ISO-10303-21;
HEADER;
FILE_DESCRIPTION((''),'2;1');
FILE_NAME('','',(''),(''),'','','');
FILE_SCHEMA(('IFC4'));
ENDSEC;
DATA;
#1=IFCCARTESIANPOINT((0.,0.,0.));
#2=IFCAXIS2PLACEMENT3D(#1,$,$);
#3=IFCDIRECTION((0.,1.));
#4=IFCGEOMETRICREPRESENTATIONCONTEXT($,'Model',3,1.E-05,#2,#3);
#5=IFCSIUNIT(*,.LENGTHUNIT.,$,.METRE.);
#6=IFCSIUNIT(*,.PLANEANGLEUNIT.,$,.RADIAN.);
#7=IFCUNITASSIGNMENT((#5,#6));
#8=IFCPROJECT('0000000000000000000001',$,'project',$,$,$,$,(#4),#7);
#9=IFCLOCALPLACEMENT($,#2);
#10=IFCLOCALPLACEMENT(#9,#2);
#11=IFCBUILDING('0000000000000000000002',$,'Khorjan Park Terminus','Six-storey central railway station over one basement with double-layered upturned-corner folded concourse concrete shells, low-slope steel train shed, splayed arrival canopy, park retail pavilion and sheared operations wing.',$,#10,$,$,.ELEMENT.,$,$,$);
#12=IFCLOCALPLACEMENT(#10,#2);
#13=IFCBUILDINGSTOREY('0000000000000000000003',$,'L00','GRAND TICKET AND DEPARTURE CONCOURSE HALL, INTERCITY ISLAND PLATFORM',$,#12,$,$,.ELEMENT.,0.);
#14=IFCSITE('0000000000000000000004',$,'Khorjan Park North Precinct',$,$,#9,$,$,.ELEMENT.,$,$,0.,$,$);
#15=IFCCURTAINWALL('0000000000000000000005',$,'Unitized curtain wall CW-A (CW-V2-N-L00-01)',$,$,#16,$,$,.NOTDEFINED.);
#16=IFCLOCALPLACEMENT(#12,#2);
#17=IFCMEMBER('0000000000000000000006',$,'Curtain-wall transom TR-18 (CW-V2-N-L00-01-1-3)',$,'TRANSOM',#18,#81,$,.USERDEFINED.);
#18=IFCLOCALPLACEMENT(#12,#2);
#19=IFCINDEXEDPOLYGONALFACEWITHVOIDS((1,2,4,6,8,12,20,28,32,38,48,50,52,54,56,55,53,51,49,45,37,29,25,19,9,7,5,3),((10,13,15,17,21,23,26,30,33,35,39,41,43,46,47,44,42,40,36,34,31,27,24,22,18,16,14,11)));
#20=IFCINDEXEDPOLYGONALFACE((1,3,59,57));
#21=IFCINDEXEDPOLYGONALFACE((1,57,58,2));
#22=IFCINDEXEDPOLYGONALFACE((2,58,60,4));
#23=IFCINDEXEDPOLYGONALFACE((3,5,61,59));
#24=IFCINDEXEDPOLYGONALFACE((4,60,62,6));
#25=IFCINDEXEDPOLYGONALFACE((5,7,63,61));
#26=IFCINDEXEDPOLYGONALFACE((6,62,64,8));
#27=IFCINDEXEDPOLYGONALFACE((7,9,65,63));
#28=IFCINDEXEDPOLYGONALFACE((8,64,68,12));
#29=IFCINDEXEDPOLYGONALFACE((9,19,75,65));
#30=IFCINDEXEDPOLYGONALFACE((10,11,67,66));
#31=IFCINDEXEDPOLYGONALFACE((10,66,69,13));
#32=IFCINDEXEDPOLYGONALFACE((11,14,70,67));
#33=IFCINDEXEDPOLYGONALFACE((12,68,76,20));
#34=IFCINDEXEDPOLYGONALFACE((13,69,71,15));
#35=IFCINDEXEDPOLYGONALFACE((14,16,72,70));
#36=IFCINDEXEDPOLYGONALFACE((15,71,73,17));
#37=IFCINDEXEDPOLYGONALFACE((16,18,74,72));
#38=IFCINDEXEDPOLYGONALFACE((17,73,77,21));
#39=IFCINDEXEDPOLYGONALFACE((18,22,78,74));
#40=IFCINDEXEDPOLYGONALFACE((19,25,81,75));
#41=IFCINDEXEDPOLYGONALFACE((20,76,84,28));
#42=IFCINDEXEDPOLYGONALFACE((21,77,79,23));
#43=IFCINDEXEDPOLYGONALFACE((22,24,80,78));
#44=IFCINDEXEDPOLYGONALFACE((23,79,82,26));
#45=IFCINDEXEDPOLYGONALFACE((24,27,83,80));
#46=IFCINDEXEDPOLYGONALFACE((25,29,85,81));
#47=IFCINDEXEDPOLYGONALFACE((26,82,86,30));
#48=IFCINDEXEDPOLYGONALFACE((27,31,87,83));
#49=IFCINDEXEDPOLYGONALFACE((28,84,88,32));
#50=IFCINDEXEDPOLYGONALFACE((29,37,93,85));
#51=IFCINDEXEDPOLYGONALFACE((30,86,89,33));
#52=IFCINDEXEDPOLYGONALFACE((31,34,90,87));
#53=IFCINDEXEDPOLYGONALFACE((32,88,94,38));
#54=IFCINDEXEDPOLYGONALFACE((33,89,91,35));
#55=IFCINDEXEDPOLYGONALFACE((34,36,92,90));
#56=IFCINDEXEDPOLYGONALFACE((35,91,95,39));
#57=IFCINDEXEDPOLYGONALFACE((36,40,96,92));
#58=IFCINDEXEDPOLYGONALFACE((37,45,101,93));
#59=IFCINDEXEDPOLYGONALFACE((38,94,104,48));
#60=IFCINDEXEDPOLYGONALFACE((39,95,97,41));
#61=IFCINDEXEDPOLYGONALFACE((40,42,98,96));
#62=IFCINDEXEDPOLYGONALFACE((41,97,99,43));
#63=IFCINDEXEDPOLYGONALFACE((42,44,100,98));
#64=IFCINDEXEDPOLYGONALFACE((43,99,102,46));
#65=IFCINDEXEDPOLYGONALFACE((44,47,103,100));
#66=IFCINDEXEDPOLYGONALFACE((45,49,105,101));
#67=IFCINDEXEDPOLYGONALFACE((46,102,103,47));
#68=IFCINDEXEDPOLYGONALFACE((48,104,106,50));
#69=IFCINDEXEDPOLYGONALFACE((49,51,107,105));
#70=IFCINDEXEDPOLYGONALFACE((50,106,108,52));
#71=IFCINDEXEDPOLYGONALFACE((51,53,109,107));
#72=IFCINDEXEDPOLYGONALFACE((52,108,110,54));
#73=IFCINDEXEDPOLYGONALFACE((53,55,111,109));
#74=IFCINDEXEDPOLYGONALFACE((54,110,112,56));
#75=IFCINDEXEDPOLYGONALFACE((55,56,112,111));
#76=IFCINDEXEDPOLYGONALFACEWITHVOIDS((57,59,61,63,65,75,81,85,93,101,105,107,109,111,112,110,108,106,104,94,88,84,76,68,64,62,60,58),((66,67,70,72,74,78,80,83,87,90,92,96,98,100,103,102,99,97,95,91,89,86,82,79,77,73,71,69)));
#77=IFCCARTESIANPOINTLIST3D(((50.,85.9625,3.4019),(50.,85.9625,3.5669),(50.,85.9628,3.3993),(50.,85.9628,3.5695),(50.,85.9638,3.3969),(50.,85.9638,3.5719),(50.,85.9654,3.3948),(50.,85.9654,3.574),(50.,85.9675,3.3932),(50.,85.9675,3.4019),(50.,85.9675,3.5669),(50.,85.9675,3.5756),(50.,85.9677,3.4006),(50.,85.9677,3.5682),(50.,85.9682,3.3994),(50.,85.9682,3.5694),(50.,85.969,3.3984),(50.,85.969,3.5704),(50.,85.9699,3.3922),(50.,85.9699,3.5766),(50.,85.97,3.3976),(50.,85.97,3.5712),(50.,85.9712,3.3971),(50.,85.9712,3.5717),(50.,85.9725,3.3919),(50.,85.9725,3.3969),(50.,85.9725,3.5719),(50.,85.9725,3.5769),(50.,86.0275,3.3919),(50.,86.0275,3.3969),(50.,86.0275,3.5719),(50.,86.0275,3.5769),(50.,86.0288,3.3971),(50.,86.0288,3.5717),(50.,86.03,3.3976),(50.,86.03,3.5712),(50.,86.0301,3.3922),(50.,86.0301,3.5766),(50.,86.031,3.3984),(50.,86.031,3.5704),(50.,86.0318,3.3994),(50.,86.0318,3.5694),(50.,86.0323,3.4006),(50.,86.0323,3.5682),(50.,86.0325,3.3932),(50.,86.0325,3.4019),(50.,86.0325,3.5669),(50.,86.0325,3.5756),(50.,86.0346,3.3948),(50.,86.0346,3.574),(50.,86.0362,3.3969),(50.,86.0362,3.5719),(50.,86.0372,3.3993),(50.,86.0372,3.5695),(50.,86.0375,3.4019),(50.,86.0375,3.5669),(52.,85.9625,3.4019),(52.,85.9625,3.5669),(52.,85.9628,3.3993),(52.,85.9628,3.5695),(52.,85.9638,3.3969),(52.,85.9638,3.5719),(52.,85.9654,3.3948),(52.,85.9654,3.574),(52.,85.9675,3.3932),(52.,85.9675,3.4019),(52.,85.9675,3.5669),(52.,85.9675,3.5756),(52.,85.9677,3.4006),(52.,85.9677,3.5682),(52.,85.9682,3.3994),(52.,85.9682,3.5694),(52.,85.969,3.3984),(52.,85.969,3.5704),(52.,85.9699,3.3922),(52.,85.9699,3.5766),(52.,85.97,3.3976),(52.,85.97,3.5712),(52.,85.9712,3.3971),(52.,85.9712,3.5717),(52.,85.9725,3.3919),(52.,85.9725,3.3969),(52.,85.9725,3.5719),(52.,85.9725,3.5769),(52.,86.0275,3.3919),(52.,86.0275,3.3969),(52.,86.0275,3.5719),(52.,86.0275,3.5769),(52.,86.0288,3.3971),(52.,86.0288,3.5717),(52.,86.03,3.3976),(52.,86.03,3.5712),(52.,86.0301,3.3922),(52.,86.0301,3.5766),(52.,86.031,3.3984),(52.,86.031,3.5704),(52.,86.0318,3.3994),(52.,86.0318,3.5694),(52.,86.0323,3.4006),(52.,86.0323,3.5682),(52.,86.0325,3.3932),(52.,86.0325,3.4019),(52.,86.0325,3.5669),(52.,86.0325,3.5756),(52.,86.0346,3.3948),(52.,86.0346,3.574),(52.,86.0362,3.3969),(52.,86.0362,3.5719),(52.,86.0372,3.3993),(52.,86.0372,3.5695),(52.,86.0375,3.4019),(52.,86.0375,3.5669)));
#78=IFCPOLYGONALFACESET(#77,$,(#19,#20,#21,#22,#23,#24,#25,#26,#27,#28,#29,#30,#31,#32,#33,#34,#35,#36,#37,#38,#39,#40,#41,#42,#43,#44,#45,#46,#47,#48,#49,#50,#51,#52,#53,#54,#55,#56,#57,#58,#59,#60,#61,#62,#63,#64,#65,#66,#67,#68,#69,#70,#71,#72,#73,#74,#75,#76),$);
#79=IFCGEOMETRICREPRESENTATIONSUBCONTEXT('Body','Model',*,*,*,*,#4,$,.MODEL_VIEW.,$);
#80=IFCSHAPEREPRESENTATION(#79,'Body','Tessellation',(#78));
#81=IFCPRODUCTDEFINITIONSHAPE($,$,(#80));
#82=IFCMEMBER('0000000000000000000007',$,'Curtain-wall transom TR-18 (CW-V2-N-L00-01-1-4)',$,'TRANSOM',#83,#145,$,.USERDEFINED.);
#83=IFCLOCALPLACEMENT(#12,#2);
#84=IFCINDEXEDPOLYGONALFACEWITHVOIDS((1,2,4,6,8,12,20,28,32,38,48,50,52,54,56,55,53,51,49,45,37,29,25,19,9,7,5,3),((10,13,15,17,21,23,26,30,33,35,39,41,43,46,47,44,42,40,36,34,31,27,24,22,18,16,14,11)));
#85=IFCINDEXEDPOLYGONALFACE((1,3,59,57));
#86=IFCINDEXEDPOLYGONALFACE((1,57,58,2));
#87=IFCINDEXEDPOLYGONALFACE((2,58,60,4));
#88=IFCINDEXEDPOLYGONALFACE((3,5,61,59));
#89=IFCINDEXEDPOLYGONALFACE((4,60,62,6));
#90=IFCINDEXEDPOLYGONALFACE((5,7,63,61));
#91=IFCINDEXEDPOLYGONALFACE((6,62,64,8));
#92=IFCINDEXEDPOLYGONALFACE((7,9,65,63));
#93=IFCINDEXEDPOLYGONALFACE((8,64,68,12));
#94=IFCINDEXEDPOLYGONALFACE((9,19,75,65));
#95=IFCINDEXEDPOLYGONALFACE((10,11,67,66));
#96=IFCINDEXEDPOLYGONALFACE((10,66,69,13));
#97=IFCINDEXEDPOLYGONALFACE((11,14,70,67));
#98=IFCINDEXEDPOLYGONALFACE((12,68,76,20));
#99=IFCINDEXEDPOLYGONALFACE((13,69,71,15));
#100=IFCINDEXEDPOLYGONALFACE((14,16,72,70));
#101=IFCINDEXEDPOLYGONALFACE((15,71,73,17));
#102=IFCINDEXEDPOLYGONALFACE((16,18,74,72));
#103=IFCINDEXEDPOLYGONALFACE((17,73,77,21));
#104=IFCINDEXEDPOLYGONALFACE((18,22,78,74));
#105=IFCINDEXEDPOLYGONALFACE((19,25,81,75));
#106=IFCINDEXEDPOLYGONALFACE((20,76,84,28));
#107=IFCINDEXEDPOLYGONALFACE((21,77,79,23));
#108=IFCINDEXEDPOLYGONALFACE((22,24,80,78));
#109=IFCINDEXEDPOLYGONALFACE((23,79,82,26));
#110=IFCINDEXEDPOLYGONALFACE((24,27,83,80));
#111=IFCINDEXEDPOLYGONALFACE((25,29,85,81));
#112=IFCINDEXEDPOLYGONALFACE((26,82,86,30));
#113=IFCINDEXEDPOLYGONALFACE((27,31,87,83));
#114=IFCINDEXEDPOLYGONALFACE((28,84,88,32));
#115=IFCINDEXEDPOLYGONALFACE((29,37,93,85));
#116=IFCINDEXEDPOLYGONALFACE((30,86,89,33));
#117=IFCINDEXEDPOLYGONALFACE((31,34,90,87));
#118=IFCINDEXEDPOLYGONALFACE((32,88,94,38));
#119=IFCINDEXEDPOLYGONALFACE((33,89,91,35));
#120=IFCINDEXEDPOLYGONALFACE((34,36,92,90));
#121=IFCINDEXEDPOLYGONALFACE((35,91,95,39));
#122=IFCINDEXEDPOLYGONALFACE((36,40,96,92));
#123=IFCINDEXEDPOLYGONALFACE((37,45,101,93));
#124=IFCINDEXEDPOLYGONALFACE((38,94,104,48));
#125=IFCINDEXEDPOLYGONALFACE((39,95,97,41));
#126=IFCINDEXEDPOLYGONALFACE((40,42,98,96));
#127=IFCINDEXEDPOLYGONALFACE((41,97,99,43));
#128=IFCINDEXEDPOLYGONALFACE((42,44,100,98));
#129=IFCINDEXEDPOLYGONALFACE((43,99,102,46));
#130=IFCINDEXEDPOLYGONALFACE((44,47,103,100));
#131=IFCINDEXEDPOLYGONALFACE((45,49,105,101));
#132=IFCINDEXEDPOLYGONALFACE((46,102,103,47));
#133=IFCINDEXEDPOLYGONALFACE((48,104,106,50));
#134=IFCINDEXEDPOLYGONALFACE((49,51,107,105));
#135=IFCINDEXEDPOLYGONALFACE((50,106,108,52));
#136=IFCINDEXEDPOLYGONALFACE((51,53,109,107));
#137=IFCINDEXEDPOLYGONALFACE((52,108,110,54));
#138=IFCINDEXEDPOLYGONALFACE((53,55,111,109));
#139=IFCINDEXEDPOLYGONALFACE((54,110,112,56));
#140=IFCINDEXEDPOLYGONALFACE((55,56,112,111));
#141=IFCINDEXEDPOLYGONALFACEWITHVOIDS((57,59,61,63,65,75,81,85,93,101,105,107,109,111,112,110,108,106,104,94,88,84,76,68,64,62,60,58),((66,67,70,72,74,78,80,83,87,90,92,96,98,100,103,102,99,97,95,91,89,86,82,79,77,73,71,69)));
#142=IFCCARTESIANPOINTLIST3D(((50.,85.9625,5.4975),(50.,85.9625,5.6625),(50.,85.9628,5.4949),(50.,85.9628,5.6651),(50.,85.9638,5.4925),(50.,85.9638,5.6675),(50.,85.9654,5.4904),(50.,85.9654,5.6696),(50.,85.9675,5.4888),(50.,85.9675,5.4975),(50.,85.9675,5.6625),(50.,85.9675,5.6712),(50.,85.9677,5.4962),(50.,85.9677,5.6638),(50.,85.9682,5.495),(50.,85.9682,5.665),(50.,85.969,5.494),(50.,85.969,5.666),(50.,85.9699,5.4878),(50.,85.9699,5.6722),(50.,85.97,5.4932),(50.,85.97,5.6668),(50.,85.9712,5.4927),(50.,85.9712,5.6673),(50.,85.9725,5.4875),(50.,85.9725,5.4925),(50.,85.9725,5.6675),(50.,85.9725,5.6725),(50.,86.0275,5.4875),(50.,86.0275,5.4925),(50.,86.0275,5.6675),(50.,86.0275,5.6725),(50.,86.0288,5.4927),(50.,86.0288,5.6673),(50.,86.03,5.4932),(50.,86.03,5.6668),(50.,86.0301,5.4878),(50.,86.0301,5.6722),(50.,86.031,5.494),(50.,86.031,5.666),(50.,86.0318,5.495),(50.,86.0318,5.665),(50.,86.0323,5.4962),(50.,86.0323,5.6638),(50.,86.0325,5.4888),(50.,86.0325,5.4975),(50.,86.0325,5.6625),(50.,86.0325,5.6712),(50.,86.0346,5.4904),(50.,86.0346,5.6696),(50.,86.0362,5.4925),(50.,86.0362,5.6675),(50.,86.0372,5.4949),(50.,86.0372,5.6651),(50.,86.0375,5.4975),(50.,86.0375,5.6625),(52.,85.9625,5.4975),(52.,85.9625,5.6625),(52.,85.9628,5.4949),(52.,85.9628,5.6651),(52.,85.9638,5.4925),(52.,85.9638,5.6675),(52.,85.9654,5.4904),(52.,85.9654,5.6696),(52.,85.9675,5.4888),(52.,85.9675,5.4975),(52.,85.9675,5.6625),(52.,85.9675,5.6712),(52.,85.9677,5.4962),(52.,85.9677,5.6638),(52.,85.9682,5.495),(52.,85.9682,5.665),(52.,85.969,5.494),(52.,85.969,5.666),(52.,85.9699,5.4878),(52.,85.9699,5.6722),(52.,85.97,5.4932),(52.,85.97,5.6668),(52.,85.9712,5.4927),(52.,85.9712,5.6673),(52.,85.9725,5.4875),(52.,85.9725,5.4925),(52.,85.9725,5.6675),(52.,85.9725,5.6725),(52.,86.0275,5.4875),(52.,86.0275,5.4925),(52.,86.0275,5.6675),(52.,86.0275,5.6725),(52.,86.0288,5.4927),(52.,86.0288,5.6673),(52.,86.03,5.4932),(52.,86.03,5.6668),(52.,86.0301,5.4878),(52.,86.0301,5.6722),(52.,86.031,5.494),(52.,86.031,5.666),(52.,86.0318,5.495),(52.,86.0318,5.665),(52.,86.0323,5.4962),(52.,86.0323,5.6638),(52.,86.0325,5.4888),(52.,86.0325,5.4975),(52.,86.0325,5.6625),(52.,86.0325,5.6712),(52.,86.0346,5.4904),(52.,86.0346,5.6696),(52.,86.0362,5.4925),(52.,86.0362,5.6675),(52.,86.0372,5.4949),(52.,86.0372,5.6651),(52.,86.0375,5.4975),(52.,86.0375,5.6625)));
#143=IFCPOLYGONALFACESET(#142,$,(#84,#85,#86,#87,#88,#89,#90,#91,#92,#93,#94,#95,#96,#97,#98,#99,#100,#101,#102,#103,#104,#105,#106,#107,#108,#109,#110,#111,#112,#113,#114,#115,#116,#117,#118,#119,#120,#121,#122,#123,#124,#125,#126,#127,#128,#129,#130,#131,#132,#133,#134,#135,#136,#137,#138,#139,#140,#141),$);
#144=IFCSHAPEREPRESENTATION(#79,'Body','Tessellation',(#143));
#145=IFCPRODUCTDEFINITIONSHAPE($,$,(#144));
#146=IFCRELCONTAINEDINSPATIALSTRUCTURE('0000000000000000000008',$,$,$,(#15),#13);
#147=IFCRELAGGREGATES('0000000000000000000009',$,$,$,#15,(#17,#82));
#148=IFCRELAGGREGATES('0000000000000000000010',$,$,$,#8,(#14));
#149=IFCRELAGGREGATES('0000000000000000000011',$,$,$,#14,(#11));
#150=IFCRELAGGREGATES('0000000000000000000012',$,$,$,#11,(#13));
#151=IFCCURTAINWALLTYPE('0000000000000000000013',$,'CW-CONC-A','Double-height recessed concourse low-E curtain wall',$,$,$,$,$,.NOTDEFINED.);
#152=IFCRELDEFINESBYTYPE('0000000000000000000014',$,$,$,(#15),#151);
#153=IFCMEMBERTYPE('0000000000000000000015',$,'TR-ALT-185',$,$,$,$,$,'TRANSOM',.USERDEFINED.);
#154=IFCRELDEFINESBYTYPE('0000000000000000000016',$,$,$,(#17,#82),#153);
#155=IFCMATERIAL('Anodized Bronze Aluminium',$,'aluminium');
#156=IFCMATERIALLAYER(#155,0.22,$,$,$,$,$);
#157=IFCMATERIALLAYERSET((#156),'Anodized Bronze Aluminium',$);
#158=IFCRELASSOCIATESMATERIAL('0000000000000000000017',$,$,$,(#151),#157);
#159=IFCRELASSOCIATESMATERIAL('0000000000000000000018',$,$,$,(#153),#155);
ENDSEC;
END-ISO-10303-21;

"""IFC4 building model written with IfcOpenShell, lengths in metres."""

from ifc_helpers import new_model, si_unit, direction, frame, origin, origin_2d, place, context, subcontext, project, spatial, hollow_rectangle, extrude, material, layer, layer_set, material_profile, profile_set, type_object, element, aggregate, save


model = new_model("IFC4")

# Units and contexts
model_context = context("Model", 3, precision=1e-05, world=origin(), true_north=direction((0.0, 1.0)))
body_context = subcontext(model_context, "Body", "Model", "MODEL_VIEW")
ifc_project = project(units=[si_unit("LENGTHUNIT", "METRE"), si_unit("PLANEANGLEUNIT", "RADIAN")], contexts=[model_context])

# Site, building, storey
site_placement = place(None, origin())
site = spatial("IfcSite", under=ifc_project, at=site_placement, Name="Khorjan Park North Precinct", CompositionType="ELEMENT", RefElevation=0.0)
building_placement = place(site_placement, origin())
building = spatial("IfcBuilding", under=site, at=building_placement, Name="Khorjan Park Terminus", Description="Six-storey central railway station over one basement with double-layered upturned-corner folded concourse concrete shells, low-slope steel train shed, splayed arrival canopy, park retail pavilion and sheared operations wing.", CompositionType="ELEMENT")
storey_placement = place(building_placement, origin())
storey = spatial("IfcBuildingStorey", under=building, at=storey_placement, Name="L00", Description="GRAND TICKET AND DEPARTURE CONCOURSE HALL, INTERCITY ISLAND PLATFORM", CompositionType="ELEMENT", Elevation=0.0)

# Curtain wall, members
ifc_material_1 = material(Name="Anodized Bronze Aluminium", Category="aluminium")
ifc_layer_1 = layer(ifc_material_1, 0.22)
ifc_layer_set_1 = layer_set([ifc_layer_1], Name="Anodized Bronze Aluminium")
curtain_wall_type_1 = type_object("IfcCurtainWallType", Name="CW-CONC-A", Description="Double-height recessed concourse low-E curtain wall", PredefinedType="NOTDEFINED", material=ifc_layer_set_1)
curtain_wall_1_placement = place(storey_placement, origin())
curtain_wall_1 = element("IfcCurtainWall", 1, at=curtain_wall_1_placement, inside=storey, type_object=curtain_wall_type_1, Name="Unitized curtain wall CW-A (CW-V2-N-L00-01)", PredefinedType="NOTDEFINED")
ifc_material_profile_1 = material_profile(ifc_material_1, hollow_rectangle(XDim=0.075, YDim=0.185, WallThickness=0.005, InnerFilletRadius=0.005, OuterFilletRadius=0.01, at=origin_2d()), Name="ALT 75x185x5")
ifc_profile_set_1 = profile_set([ifc_material_profile_1], Name="Anodized Bronze Aluminium")
member_type_1 = type_object("IfcMemberType", Name="TR-ALT-185", ElementType="TRANSOM", PredefinedType="USERDEFINED", material=ifc_profile_set_1)
member_1_placement = place(storey_placement, frame((52.0, 86.0, 3.4844), z_axis=(-1.0, 0.0, 0.0), x_axis=(0.0, -1.0, 0.0)))
member_1 = element("IfcMember", 2, at=member_1_placement, type_object=member_type_1, Name="Curtain-wall transom TR-18 (CW-V2-N-L00-01-1-3)", ObjectType="TRANSOM", PredefinedType="USERDEFINED", context=body_context, shape_type="SweptSolid", body=[
    extrude(hollow_rectangle(XDim=0.075, YDim=0.185, WallThickness=0.005, InnerFilletRadius=0.005, OuterFilletRadius=0.01, at=origin_2d()), origin(), (0.0, 0.0, 1.0), 2.0),
])
member_2_placement = place(storey_placement, frame((52.0, 86.0, 5.58), z_axis=(-1.0, 0.0, 0.0), x_axis=(0.0, -1.0, 0.0)))
member_2 = element("IfcMember", 3, at=member_2_placement, type_object=member_type_1, Name="Curtain-wall transom TR-18 (CW-V2-N-L00-01-1-4)", ObjectType="TRANSOM", PredefinedType="USERDEFINED", context=body_context, shape_type="SweptSolid", body=[
    extrude(hollow_rectangle(XDim=0.075, YDim=0.185, WallThickness=0.005, InnerFilletRadius=0.005, OuterFilletRadius=0.01, at=origin_2d()), origin(), (0.0, 0.0, 1.0), 2.0),
])

aggregate(curtain_wall_1, [member_1, member_2])

save(model, "model.ifc")
